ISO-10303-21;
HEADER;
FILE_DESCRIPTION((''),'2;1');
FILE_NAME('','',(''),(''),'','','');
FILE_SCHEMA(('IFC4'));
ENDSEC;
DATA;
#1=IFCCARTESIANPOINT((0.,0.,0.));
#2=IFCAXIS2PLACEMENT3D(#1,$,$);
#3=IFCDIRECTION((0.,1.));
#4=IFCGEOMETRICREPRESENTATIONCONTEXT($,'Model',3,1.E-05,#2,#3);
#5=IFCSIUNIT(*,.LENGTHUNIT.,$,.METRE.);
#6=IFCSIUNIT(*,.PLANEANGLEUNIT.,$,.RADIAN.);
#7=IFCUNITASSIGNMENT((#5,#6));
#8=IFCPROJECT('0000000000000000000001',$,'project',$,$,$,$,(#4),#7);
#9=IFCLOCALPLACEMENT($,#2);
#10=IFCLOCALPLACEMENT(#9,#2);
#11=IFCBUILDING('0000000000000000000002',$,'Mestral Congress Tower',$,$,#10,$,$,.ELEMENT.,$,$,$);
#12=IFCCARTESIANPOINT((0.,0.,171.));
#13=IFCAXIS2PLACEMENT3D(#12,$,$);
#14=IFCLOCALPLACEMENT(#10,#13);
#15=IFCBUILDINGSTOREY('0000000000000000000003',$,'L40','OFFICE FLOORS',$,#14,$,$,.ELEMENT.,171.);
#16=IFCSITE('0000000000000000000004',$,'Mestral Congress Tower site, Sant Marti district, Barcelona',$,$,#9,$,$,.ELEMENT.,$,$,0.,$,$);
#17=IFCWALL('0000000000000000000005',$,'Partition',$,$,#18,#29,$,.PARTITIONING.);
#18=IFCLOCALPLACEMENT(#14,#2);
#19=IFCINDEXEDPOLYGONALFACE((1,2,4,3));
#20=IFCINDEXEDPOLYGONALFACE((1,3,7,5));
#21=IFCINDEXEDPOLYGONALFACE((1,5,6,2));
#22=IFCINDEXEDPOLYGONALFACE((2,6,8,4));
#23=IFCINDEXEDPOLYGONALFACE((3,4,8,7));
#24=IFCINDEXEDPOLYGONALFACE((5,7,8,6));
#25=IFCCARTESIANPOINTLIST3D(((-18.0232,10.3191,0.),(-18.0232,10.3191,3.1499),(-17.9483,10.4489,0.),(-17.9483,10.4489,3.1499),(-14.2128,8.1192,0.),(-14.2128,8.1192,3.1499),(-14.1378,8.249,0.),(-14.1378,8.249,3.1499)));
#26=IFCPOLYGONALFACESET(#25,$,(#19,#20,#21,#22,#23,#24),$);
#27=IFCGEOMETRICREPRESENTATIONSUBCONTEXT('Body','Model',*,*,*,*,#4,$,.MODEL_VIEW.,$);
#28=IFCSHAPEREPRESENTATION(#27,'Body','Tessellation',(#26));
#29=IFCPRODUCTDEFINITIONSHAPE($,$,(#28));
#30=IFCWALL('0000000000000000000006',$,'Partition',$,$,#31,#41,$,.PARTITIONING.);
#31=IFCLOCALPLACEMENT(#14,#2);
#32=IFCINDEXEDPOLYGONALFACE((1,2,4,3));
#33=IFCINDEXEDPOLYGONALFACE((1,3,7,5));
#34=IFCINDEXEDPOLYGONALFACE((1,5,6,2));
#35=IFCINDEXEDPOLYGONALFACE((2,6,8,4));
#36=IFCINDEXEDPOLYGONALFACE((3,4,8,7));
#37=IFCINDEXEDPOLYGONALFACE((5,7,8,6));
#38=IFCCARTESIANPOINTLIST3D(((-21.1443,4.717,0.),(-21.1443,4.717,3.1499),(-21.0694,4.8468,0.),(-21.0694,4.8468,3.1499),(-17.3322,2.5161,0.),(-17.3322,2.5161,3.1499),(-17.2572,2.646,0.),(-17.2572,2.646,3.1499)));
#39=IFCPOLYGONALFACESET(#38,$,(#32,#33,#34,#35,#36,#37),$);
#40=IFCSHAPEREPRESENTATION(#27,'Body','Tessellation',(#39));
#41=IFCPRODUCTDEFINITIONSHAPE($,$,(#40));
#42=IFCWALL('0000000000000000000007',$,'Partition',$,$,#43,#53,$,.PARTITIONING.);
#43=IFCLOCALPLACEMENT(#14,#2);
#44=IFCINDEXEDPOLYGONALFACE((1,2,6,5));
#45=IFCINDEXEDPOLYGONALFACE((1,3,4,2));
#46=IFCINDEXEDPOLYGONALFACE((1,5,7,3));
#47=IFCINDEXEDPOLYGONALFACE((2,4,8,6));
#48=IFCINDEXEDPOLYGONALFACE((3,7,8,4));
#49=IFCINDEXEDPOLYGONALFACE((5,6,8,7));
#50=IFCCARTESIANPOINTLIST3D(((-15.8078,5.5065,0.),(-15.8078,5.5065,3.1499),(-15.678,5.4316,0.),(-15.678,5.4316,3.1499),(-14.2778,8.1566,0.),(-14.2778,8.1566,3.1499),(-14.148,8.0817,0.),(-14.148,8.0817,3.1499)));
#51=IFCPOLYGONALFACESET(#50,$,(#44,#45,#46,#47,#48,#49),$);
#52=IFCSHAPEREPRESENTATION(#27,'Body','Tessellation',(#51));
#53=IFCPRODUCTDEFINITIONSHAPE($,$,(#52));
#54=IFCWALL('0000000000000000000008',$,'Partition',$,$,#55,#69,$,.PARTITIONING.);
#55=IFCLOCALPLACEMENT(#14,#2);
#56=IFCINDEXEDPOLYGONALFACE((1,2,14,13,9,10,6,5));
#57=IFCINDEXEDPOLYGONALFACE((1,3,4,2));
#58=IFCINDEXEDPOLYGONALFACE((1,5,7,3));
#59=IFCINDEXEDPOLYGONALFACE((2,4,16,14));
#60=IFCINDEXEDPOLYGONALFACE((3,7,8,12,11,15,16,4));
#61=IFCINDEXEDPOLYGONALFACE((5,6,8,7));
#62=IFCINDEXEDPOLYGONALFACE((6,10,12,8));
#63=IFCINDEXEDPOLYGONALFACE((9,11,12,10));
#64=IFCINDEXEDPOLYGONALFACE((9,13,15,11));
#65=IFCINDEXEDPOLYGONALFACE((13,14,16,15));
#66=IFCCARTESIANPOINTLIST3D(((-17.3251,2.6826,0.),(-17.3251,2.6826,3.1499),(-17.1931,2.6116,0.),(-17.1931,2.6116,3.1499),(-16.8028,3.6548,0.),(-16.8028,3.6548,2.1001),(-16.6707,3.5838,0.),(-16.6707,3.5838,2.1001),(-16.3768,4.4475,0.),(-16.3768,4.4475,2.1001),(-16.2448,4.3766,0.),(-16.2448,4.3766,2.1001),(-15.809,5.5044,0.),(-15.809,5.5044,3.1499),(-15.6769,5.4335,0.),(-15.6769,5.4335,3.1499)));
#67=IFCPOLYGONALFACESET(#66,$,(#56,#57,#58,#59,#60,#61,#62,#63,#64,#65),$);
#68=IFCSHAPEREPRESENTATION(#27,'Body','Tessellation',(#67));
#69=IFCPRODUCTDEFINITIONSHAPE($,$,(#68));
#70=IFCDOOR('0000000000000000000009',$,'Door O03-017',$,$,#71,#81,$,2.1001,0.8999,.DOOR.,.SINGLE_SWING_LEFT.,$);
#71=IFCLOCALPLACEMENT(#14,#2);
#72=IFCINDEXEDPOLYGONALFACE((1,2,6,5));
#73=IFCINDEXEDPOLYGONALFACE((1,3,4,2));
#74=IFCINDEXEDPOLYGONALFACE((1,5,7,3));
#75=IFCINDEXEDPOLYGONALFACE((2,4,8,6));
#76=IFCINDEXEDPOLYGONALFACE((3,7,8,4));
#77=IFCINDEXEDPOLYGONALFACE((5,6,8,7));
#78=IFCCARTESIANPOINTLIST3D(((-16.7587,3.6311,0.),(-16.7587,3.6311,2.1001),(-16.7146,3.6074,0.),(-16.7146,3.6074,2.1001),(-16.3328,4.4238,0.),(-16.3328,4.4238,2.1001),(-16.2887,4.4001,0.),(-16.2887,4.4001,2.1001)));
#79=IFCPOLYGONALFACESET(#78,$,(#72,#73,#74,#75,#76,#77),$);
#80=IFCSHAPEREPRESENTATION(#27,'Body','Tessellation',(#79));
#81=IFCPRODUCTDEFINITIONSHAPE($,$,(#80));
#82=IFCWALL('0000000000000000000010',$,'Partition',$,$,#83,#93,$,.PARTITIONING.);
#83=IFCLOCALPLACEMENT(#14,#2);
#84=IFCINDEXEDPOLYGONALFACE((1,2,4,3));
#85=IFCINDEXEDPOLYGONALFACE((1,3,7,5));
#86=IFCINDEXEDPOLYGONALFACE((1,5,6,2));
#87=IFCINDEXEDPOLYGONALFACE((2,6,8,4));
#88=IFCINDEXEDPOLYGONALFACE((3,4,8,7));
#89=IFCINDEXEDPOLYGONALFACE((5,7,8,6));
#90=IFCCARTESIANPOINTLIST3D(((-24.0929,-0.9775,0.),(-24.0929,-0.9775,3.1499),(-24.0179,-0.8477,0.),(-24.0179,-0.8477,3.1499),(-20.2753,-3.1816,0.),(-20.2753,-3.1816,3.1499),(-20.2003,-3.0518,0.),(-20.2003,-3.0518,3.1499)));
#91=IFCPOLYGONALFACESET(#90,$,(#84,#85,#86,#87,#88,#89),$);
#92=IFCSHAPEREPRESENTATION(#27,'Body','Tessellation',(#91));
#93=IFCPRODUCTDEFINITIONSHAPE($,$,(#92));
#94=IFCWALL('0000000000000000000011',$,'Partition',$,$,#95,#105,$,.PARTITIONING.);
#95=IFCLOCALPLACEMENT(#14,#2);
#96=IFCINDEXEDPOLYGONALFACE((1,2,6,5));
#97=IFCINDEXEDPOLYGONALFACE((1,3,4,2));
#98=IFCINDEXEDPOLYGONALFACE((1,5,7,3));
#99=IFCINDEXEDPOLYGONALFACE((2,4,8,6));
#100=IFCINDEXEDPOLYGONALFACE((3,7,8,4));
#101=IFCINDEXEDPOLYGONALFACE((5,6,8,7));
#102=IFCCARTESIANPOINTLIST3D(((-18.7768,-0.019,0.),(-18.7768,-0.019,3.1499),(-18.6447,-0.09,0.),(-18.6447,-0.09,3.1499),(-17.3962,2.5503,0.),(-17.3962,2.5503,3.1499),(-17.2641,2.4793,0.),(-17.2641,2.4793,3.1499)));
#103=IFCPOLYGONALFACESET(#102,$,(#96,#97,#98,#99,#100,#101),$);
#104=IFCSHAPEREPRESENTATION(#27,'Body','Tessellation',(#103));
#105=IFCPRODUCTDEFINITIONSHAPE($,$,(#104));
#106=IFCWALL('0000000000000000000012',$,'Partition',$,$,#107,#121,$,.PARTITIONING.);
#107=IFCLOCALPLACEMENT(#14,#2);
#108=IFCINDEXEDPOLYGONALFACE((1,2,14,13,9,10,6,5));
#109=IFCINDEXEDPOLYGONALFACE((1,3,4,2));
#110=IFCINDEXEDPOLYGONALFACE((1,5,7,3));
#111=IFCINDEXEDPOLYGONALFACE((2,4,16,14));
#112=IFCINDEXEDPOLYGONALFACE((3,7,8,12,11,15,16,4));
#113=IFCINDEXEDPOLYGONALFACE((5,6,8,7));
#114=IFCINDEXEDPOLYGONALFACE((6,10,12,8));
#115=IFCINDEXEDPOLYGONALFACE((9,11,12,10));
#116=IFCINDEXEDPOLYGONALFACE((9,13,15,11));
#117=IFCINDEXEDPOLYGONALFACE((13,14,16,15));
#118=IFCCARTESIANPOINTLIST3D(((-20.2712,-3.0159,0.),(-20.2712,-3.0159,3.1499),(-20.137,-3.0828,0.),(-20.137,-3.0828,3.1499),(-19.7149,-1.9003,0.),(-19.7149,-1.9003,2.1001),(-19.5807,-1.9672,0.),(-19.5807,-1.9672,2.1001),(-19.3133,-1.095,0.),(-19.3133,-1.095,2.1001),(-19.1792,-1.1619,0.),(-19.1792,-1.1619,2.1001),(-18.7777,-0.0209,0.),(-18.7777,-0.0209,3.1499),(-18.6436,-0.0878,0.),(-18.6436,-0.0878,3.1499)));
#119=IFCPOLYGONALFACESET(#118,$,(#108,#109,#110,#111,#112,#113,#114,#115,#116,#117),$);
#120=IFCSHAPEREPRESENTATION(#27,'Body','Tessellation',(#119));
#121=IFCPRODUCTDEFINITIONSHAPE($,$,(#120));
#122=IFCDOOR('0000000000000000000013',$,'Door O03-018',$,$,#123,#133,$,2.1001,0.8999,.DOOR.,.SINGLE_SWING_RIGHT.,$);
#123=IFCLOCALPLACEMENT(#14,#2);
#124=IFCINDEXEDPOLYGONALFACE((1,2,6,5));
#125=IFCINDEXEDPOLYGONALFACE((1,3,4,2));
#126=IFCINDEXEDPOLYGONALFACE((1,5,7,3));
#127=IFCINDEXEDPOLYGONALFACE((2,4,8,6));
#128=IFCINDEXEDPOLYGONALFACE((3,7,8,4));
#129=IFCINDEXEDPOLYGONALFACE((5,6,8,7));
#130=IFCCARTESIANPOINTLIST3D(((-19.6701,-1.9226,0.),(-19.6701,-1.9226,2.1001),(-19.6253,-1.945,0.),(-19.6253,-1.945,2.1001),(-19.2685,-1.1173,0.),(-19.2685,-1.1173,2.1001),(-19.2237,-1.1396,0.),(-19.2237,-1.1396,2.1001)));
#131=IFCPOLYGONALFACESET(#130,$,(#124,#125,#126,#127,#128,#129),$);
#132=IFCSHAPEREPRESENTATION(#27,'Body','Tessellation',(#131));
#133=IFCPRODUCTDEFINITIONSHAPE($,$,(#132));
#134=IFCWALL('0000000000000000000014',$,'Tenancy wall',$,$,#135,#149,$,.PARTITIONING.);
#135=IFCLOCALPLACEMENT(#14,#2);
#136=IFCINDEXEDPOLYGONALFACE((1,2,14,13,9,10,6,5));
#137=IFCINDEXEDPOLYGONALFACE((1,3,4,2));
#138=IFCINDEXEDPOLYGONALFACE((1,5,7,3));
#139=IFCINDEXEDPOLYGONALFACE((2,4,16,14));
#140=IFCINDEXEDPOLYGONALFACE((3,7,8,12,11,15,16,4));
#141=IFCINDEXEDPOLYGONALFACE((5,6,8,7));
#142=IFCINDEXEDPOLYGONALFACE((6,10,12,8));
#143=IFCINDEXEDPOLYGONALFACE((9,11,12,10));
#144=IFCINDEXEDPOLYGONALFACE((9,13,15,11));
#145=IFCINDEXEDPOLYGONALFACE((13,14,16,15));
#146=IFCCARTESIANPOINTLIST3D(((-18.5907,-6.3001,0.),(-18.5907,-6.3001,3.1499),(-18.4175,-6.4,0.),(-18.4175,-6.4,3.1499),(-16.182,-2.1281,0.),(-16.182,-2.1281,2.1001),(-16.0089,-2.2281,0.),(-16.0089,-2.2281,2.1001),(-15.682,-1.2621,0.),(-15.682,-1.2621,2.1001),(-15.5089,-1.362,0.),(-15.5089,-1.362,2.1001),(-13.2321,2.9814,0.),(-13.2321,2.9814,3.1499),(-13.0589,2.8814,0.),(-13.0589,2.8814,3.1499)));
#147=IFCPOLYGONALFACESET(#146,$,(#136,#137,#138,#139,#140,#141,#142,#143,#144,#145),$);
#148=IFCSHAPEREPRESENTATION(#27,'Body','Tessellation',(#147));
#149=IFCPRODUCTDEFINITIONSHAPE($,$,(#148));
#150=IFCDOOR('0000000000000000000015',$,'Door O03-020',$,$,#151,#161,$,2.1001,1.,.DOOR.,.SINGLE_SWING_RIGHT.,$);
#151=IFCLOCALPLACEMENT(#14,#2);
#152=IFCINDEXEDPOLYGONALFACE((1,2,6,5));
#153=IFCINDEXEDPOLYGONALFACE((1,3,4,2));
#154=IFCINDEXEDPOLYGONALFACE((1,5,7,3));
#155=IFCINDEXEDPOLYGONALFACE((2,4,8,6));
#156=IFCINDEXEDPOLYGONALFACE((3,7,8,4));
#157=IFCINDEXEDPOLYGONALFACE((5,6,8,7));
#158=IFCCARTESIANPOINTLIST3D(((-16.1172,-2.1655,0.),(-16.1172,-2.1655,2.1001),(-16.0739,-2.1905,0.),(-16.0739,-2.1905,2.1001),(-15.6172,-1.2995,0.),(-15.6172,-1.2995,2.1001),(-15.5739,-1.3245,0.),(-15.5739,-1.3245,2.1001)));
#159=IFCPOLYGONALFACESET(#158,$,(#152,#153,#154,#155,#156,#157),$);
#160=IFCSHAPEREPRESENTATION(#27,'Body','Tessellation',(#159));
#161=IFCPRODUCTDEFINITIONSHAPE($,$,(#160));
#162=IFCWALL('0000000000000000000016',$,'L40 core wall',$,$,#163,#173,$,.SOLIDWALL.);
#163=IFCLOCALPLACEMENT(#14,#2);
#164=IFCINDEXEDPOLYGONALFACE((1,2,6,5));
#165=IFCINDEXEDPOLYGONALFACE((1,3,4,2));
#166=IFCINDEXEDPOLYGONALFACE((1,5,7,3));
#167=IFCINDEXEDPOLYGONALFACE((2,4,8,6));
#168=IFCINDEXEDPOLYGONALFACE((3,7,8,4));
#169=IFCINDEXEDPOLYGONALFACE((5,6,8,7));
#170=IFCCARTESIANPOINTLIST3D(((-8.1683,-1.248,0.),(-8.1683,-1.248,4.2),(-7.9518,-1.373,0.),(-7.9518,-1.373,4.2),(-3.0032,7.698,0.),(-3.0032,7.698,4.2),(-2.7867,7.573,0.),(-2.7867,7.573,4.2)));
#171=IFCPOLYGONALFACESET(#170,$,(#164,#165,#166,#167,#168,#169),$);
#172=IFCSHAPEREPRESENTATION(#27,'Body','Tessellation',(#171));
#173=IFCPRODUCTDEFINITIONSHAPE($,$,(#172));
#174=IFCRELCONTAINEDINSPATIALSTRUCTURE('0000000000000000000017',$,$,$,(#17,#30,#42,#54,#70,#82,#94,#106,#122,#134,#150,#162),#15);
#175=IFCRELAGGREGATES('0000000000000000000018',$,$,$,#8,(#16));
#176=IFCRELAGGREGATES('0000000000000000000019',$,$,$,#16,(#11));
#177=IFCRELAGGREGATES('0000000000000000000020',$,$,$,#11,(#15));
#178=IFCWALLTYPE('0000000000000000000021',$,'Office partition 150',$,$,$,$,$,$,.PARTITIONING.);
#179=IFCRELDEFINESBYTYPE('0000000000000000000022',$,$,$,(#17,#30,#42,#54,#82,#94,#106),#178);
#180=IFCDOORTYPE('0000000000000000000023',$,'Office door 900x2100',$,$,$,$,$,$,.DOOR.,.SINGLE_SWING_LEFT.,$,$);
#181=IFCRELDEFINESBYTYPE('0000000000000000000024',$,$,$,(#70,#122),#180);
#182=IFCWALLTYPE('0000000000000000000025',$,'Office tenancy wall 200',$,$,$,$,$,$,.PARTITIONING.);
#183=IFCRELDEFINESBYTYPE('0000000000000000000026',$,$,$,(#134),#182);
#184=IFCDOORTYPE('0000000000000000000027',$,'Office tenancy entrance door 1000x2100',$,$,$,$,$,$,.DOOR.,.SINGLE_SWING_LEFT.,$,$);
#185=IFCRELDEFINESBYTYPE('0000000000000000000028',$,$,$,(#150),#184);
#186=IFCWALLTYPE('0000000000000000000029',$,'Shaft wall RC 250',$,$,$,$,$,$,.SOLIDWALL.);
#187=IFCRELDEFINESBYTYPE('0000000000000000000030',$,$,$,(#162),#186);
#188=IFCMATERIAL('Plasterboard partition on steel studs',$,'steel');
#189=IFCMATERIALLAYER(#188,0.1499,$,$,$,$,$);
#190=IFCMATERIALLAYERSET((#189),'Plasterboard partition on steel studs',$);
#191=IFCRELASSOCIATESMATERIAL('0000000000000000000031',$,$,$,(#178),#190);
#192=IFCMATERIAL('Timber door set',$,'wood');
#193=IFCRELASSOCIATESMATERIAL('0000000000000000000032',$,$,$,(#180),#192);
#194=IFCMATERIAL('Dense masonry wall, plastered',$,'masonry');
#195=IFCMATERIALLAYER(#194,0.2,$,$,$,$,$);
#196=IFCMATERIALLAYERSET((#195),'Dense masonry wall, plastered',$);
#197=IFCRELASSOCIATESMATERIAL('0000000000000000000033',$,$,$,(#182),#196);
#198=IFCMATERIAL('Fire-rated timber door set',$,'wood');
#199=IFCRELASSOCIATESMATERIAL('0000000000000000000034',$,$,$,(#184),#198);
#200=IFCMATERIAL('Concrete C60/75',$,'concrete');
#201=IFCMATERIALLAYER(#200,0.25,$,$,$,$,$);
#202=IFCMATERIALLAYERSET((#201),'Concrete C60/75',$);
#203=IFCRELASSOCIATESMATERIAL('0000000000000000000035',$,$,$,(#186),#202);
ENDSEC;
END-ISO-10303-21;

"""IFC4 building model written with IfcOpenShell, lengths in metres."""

from ifc_helpers import new_model, si_unit, direction, frame, frame_2d, origin, place, context, subcontext, project, spatial, rectangle, extrude, material, layer, layer_set, type_object, element, fill, save


model = new_model("IFC4")

# Units and contexts
model_context = context("Model", 3, precision=1e-05, world=origin(), true_north=direction((0.0, 1.0)))
body_context = subcontext(model_context, "Body", "Model", "MODEL_VIEW")
ifc_project = project(units=[si_unit("LENGTHUNIT", "METRE"), si_unit("PLANEANGLEUNIT", "RADIAN")], contexts=[model_context])

# Site, building, storey
site_placement = place(None, origin())
site = spatial("IfcSite", under=ifc_project, at=site_placement, Name="Mestral Congress Tower site, Sant Marti district, Barcelona", CompositionType="ELEMENT", RefElevation=0.0)
building_placement = place(site_placement, origin())
building = spatial("IfcBuilding", under=site, at=building_placement, Name="Mestral Congress Tower", CompositionType="ELEMENT")
storey_placement = place(building_placement, frame((0.0, 0.0, 171.0)))
storey = spatial("IfcBuildingStorey", under=building, at=storey_placement, Name="L40", Description="OFFICE FLOORS", CompositionType="ELEMENT", Elevation=171.0)

# Shared definitions
ifc_material_1 = material(Name="Concrete C60/75", Category="concrete")

# Walls
ifc_material_2 = material(Name="Plasterboard partition on steel studs", Category="steel")
ifc_layer_1 = layer(ifc_material_2, 0.1499)
ifc_layer_set_1 = layer_set([ifc_layer_1], Name="Plasterboard partition on steel studs")
wall_type_1 = type_object("IfcWallType", Name="Office partition 150", PredefinedType="PARTITIONING", material=ifc_layer_set_1)
wall_1_placement = place(storey_placement, frame((-14.1753, 8.1841, 0.0), z_axis=(0.0, 0.0, 1.0), x_axis=(-0.866032, 0.499988, 0.0)))
element("IfcWall", 1, at=wall_1_placement, inside=storey, type_object=wall_type_1, Name="Partition", PredefinedType="PARTITIONING", context=body_context, shape_type="SweptSolid", body=[
    extrude(rectangle(XDim=4.3999, YDim=0.1499, at=frame_2d((2.2, 0.0))), origin(), (0.0, 0.0, 1.0), 3.1499),
])
wall_2_placement = place(storey_placement, frame((-17.2947, 2.5811, 0.0), z_axis=(0.0, 0.0, 1.0), x_axis=(-0.866033, 0.499987, 0.0)))
element("IfcWall", 2, at=wall_2_placement, inside=storey, type_object=wall_type_1, Name="Partition", PredefinedType="PARTITIONING", context=body_context, shape_type="SweptSolid", body=[
    extrude(rectangle(XDim=4.4019, YDim=0.1499, at=frame_2d((2.2009, 0.0))), origin(), (0.0, 0.0, 1.0), 3.1499),
])
wall_3_placement = place(storey_placement, frame((-14.2129, 8.1191, 0.0), z_axis=(0.0, 0.0, 1.0), x_axis=(-0.499992, -0.86603, 0.0)))
element("IfcWall", 3, at=wall_3_placement, inside=storey, type_object=wall_type_1, Name="Partition", PredefinedType="PARTITIONING", context=body_context, shape_type="SweptSolid", body=[
    extrude(rectangle(XDim=3.0601, YDim=0.1499, at=frame_2d((1.53, 0.0))), origin(), (0.0, 0.0, 1.0), 3.1499),
])

# Wall, opening, door
wall_4_placement = place(storey_placement, frame((-17.259, 2.6472, 0.0), z_axis=(0.0, 0.0, 1.0), x_axis=(0.4733, 0.880901, 0.0)))
wall_4 = element("IfcWall", 4, at=wall_4_placement, inside=storey, type_object=wall_type_1, Name="Partition", PredefinedType="PARTITIONING", context=body_context, shape_type="SweptSolid", body=[
    extrude(rectangle(XDim=3.2034, YDim=0.1499, at=frame_2d((1.6016, 0.0))), origin(), (0.0, 0.0, 1.0), 3.1499),
])
opening_1_placement = place(wall_4_placement, frame((1.1035, 0.0, 0.0)))
opening_1 = element("IfcOpeningElement", 5, at=opening_1_placement, cuts=wall_4, PredefinedType="OPENING", context=body_context, shape_type="SweptSolid", body=[
    extrude(rectangle(XDim=0.8999, YDim=2.1001, at=frame_2d((0.45, 1.05))), frame((0.0, 0.085, 0.0), z_axis=(0.0, -1.0, 0.0), x_axis=(1.0, 0.0, 0.0)), (0.0, 0.0, 1.0), 0.1699),
])
ifc_material_3 = material(Name="Timber door set", Category="wood")
door_type_1 = type_object("IfcDoorType", Name="Office door 900x2100", OperationType="SINGLE_SWING_LEFT", PredefinedType="DOOR", material=ifc_material_3)
door_1_placement = place(opening_1_placement, origin())
door_1 = element("IfcDoor", 6, at=door_1_placement, inside=storey, type_object=door_type_1, Name="Door O03-017", OperationType="SINGLE_SWING_LEFT", OverallHeight=2.1001, OverallWidth=0.8999, PredefinedType="DOOR", context=body_context, shape_type="SweptSolid", body=[
    extrude(rectangle(XDim=0.8999, YDim=2.1001, at=frame_2d((0.45, 1.05))), frame((0.0, 0.0249, 0.0), z_axis=(0.0, -1.0, 0.0), x_axis=(1.0, 0.0, 0.0)), (0.0, 0.0, 1.0), 0.05),
])
fill(opening_1, door_1)

# Walls
wall_5_placement = place(storey_placement, frame((-20.2378, -3.1167, 0.0), z_axis=(0.0, 0.0, 1.0), x_axis=(-0.866026, 0.499999, 0.0)))
element("IfcWall", 7, at=wall_5_placement, inside=storey, type_object=wall_type_1, Name="Partition", PredefinedType="PARTITIONING", context=body_context, shape_type="SweptSolid", body=[
    extrude(rectangle(XDim=4.4082, YDim=0.1499, at=frame_2d((2.2041, 0.0))), origin(), (0.0, 0.0, 1.0), 3.1499),
])
wall_6_placement = place(storey_placement, frame((-17.3301, 2.5149, 0.0), z_axis=(0.0, 0.0, 1.0), x_axis=(-0.473336, -0.880882, 0.0)))
element("IfcWall", 8, at=wall_6_placement, inside=storey, type_object=wall_type_1, Name="Partition", PredefinedType="PARTITIONING", context=body_context, shape_type="SweptSolid", body=[
    extrude(rectangle(XDim=2.9167, YDim=0.1499, at=frame_2d((1.4585, 0.0))), origin(), (0.0, 0.0, 1.0), 3.1499),
])

# Walls, openings, doors
wall_7_placement = place(storey_placement, frame((-20.2041, -3.0493, 0.0), z_axis=(0.0, 0.0, 1.0), x_axis=(0.44625, 0.894908, 0.0)))
wall_7 = element("IfcWall", 9, at=wall_7_placement, inside=storey, type_object=wall_type_1, Name="Partition", PredefinedType="PARTITIONING", context=body_context, shape_type="SweptSolid", body=[
    extrude(rectangle(XDim=3.3467, YDim=0.1499, at=frame_2d((1.6733, 0.0))), origin(), (0.0, 0.0, 1.0), 3.1499),
])
opening_2_placement = place(wall_7_placement, frame((1.2466, 0.0, 0.0)))
opening_2 = element("IfcOpeningElement", 10, at=opening_2_placement, cuts=wall_7, PredefinedType="OPENING", context=body_context, shape_type="SweptSolid", body=[
    extrude(rectangle(XDim=0.8999, YDim=2.1001, at=frame_2d((0.45, 1.05))), frame((0.0, 0.085, 0.0), z_axis=(0.0, -1.0, 0.0), x_axis=(1.0, 0.0, 0.0)), (0.0, 0.0, 1.0), 0.1699),
])
door_2_placement = place(opening_2_placement, origin())
door_2 = element("IfcDoor", 11, at=door_2_placement, inside=storey, type_object=door_type_1, Name="Door O03-018", OperationType="SINGLE_SWING_RIGHT", OverallHeight=2.1001, OverallWidth=0.8999, PredefinedType="DOOR", context=body_context, shape_type="SweptSolid", body=[
    extrude(rectangle(XDim=0.8999, YDim=2.1001, at=frame_2d((0.45, 1.05))), frame((0.0, 0.0249, 0.0), z_axis=(0.0, -1.0, 0.0), x_axis=(1.0, 0.0, 0.0)), (0.0, 0.0, 1.0), 0.05),
])
fill(opening_2, door_2)
ifc_material_4 = material(Name="Dense masonry wall, plastered", Category="masonry")
ifc_layer_2 = layer(ifc_material_4, 0.2)
ifc_layer_set_2 = layer_set([ifc_layer_2], Name="Dense masonry wall, plastered")
wall_type_2 = type_object("IfcWallType", Name="Office tenancy wall 200", PredefinedType="PARTITIONING", material=ifc_layer_set_2)
wall_8_placement = place(storey_placement, frame((-13.1455, 2.9314, 0.0), z_axis=(0.0, 0.0, 1.0), x_axis=(-0.499998, -0.866027, 0.0)))
wall_8 = element("IfcWall", 12, at=wall_8_placement, inside=storey, type_object=wall_type_2, Name="Tenancy wall", PredefinedType="PARTITIONING", context=body_context, shape_type="SweptSolid", body=[
    extrude(rectangle(XDim=10.7173, YDim=0.2, at=frame_2d((5.3586, 0.0))), origin(), (0.0, 0.0, 1.0), 3.1499),
])
opening_3_placement = place(wall_8_placement, frame((4.8999, 0.0, 0.0)))
opening_3 = element("IfcOpeningElement", 13, at=opening_3_placement, cuts=wall_8, PredefinedType="OPENING", context=body_context, shape_type="SweptSolid", body=[
    extrude(rectangle(XDim=1.0, YDim=2.1001, at=frame_2d((0.5, 1.05))), frame((0.0, 0.1099, 0.0), z_axis=(0.0, -1.0, 0.0), x_axis=(1.0, 0.0, 0.0)), (0.0, 0.0, 1.0), 0.22),
])
ifc_material_5 = material(Name="Fire-rated timber door set", Category="wood")
door_type_2 = type_object("IfcDoorType", Name="Office tenancy entrance door 1000x2100", OperationType="SINGLE_SWING_LEFT", PredefinedType="DOOR", material=ifc_material_5)
door_3_placement = place(opening_3_placement, origin())
door_3 = element("IfcDoor", 14, at=door_3_placement, inside=storey, type_object=door_type_2, Name="Door O03-020", OperationType="SINGLE_SWING_RIGHT", OverallHeight=2.1001, OverallWidth=1.0, PredefinedType="DOOR", context=body_context, shape_type="SweptSolid", body=[
    extrude(rectangle(XDim=1.0, YDim=2.1001, at=frame_2d((0.5, 1.05))), frame((0.0, 0.0249, 0.0), z_axis=(0.0, -1.0, 0.0), x_axis=(1.0, 0.0, 0.0)), (0.0, 0.0, 1.0), 0.05),
])
fill(opening_3, door_3)

# Wall
ifc_layer_3 = layer(ifc_material_1, 0.25)
ifc_layer_set_3 = layer_set([ifc_layer_3], Name="Concrete C60/75")
wall_type_3 = type_object("IfcWallType", Name="Shaft wall RC 250", PredefinedType="SOLIDWALL", material=ifc_layer_set_3)
wall_9_placement = place(storey_placement, frame((-8.0601, -1.3105, 0.0), z_axis=(0.0, 0.0, 1.0), x_axis=(0.500003, 0.866024, 0.0)))
element("IfcWall", 15, at=wall_9_placement, inside=storey, type_object=wall_type_3, Name="L40 core wall", PredefinedType="SOLIDWALL", context=body_context, shape_type="SweptSolid", body=[
    extrude(rectangle(XDim=10.3301, YDim=0.25, at=frame_2d((5.165, 0.0))), origin(), (0.0, 0.0, 1.0), 4.2),
])

save(model, "model.ifc")
